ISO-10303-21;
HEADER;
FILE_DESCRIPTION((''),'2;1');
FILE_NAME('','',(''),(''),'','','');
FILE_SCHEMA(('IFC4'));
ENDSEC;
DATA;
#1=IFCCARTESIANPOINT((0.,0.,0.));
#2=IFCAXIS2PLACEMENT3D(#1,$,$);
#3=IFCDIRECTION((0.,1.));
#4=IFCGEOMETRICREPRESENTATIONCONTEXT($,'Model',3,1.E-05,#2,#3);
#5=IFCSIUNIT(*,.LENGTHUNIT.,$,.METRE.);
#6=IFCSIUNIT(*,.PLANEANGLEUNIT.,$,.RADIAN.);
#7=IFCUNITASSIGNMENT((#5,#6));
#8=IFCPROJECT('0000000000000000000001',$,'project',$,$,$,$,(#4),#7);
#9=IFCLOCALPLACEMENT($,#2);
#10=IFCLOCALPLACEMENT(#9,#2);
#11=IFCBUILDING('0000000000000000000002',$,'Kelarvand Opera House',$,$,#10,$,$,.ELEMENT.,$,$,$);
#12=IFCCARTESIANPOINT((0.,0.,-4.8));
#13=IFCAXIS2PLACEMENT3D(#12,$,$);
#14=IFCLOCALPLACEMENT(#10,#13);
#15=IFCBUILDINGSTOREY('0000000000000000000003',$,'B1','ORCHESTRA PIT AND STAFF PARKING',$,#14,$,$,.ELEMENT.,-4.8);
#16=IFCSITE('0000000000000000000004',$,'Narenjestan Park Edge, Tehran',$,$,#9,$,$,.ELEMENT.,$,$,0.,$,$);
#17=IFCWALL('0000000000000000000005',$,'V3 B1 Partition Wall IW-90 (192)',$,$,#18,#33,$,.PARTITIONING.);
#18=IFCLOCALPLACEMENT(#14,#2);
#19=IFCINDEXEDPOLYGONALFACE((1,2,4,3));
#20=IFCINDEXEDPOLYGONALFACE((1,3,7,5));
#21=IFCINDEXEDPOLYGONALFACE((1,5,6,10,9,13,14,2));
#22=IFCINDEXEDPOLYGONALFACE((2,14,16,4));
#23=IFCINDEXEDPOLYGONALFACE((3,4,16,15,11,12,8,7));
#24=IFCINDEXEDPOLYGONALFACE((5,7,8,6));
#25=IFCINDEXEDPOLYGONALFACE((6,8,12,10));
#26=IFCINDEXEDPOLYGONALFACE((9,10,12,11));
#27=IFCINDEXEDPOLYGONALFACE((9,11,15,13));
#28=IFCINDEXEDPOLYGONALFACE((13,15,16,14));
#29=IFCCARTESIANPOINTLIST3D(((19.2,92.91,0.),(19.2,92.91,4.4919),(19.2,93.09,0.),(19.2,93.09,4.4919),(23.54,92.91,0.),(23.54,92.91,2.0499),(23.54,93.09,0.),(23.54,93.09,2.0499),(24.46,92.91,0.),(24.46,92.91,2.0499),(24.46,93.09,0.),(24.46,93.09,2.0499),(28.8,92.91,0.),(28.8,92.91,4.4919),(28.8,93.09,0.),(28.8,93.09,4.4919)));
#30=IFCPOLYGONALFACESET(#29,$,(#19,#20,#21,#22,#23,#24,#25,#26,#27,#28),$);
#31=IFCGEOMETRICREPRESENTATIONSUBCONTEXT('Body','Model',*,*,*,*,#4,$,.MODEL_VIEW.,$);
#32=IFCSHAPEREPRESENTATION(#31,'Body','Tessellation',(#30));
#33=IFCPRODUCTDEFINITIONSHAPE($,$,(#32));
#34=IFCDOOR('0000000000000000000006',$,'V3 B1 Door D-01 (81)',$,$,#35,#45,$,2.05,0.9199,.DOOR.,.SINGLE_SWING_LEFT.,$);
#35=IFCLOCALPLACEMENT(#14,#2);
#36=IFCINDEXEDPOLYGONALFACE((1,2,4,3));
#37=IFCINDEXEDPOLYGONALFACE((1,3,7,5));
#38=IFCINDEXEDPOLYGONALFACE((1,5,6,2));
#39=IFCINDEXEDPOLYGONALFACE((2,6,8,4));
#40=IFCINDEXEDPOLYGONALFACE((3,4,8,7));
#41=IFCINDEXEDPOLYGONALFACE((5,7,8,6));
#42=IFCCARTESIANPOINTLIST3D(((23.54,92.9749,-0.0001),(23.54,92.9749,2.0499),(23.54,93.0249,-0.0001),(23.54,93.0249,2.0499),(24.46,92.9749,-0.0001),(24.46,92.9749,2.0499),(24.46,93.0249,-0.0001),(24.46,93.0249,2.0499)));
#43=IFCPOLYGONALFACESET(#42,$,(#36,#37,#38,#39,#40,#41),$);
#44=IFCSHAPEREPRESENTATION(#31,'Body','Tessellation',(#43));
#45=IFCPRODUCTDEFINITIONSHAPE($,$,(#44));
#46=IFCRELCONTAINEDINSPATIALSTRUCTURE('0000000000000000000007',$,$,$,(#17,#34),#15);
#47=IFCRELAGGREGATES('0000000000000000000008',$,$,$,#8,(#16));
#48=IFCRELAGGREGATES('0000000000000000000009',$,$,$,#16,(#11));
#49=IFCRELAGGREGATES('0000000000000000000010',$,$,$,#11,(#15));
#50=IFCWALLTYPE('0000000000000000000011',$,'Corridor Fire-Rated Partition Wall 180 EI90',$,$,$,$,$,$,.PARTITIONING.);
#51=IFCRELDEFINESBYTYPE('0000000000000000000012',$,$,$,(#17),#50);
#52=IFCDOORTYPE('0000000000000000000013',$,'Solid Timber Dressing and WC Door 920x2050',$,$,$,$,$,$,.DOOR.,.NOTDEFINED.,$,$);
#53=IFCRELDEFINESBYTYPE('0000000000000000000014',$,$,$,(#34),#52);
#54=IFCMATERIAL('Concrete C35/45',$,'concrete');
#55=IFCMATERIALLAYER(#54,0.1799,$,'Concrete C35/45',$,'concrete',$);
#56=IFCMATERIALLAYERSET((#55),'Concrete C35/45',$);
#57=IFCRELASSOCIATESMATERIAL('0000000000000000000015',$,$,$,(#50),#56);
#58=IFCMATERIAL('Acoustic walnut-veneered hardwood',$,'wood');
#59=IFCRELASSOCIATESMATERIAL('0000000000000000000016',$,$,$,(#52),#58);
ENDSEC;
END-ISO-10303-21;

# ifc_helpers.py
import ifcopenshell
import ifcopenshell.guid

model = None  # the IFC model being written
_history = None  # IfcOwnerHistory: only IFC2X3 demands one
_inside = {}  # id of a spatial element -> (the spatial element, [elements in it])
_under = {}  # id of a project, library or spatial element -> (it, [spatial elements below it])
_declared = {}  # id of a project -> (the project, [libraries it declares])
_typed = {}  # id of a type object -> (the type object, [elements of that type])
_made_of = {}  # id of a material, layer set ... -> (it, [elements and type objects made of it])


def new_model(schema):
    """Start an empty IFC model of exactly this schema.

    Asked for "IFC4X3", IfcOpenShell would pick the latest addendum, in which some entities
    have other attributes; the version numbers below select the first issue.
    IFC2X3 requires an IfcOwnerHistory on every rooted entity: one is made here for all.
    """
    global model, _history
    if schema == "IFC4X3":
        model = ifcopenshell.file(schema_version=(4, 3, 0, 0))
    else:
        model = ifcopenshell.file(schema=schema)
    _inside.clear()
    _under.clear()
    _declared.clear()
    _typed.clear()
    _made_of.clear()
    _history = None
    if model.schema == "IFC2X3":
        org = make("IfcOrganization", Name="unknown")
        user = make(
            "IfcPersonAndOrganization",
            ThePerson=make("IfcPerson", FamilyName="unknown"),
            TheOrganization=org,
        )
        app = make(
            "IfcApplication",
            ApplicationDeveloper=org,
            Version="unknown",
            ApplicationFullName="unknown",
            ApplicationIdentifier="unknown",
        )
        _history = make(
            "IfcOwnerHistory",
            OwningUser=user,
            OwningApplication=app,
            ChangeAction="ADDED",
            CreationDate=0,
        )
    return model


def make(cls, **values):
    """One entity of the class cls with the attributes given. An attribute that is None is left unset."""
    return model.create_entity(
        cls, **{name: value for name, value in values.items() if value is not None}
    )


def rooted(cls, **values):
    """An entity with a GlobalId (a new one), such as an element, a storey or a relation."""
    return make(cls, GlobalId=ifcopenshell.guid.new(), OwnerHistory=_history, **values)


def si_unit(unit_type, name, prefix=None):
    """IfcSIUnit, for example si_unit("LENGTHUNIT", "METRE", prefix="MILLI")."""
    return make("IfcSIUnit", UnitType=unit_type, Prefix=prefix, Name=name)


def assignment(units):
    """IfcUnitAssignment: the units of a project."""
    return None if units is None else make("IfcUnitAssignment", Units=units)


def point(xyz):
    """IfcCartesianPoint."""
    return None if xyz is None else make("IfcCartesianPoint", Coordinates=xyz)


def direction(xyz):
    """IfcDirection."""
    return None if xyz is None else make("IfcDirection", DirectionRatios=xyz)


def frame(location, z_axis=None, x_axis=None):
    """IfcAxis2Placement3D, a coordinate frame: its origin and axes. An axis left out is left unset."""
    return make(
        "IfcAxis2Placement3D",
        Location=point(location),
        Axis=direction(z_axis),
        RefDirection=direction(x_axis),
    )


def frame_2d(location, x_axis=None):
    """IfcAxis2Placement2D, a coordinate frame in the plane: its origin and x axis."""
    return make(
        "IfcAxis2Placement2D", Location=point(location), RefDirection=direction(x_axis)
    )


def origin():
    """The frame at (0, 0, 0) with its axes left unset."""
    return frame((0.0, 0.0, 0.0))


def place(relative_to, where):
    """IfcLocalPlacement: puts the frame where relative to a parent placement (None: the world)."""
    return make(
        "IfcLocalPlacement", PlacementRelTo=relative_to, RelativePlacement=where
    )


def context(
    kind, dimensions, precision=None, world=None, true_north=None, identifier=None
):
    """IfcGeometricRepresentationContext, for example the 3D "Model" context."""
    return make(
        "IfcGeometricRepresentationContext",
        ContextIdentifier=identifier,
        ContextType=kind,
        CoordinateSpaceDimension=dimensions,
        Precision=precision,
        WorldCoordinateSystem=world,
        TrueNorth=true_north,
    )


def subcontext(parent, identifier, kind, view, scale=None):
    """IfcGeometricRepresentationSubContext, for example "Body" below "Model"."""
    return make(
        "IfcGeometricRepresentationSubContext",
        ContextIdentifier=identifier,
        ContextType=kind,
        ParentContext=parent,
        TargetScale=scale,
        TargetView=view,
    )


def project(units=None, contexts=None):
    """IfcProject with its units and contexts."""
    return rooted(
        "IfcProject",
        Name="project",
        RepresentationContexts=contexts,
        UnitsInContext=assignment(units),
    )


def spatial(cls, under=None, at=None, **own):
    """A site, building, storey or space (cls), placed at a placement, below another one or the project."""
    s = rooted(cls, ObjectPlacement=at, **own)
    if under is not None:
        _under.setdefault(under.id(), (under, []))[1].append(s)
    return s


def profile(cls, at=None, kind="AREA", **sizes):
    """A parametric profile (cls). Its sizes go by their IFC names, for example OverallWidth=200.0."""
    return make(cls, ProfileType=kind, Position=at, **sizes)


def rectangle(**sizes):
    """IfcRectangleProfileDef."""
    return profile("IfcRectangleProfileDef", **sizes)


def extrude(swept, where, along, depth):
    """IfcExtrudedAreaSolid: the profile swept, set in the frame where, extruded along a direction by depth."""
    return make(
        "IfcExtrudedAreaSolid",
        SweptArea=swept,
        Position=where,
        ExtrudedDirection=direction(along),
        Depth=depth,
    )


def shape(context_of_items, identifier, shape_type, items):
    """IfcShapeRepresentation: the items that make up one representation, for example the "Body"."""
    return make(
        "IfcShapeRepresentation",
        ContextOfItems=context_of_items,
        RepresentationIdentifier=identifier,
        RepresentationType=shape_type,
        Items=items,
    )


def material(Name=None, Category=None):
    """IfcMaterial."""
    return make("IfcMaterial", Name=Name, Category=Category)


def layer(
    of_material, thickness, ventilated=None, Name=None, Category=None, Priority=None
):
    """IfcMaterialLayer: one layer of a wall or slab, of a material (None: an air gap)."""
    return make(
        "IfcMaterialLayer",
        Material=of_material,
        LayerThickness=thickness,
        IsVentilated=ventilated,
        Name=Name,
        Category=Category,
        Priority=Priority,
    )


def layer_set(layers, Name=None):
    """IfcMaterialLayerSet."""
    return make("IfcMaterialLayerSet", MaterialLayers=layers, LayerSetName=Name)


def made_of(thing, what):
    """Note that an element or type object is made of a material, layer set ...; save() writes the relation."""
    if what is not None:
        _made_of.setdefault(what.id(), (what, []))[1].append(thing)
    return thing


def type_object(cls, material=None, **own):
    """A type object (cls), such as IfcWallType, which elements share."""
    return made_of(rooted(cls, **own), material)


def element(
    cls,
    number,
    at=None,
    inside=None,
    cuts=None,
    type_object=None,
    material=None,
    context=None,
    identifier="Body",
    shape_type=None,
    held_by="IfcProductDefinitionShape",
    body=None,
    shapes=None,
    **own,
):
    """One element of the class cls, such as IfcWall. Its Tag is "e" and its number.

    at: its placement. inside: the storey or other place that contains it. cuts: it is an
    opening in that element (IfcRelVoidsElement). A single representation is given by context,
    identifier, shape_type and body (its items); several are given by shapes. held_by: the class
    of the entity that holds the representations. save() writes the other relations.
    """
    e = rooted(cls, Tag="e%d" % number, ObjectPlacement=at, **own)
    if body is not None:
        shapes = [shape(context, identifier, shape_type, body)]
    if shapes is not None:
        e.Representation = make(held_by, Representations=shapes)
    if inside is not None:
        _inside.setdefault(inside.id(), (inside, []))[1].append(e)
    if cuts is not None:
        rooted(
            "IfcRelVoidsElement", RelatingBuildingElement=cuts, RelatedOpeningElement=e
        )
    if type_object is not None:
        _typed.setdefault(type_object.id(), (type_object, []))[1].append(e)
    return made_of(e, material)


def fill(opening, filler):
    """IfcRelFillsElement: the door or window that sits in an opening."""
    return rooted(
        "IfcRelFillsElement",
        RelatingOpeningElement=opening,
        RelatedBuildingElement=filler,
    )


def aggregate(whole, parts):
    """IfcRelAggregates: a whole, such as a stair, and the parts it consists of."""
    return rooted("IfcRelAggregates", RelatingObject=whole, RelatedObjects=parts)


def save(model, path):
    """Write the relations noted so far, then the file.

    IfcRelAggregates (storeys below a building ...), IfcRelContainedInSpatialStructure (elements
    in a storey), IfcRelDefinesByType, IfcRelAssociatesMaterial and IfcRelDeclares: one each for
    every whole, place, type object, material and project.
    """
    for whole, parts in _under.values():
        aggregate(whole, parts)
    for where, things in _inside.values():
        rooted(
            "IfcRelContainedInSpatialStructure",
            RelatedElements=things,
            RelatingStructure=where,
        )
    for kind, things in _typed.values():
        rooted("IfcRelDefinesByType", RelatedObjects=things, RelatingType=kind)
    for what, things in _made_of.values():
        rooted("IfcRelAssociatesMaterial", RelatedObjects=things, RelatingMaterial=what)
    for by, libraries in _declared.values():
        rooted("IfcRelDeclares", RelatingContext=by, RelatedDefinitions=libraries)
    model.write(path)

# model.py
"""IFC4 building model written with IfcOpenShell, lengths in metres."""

from ifc_helpers import new_model, si_unit, direction, frame, frame_2d, origin, place, context, subcontext, project, spatial, rectangle, extrude, material, layer, layer_set, type_object, element, fill, save


model = new_model("IFC4")

# Units and contexts
model_context = context("Model", 3, precision=1e-05, world=origin(), true_north=direction((0.0, 1.0)))
body_context = subcontext(model_context, "Body", "Model", "MODEL_VIEW")
ifc_project = project(units=[si_unit("LENGTHUNIT", "METRE"), si_unit("PLANEANGLEUNIT", "RADIAN")], contexts=[model_context])

# Site, building, storey
site_placement = place(None, origin())
site = spatial("IfcSite", under=ifc_project, at=site_placement, Name="Narenjestan Park Edge, Tehran", CompositionType="ELEMENT", RefElevation=0.0)
building_placement = place(site_placement, origin())
building = spatial("IfcBuilding", under=site, at=building_placement, Name="Kelarvand Opera House", CompositionType="ELEMENT")
storey_placement = place(building_placement, frame((0.0, 0.0, -4.8)))
storey = spatial("IfcBuildingStorey", under=building, at=storey_placement, Name="B1", Description="ORCHESTRA PIT AND STAFF PARKING", CompositionType="ELEMENT", Elevation=-4.8)

# Shared definitions
ifc_material_1 = material(Name="Concrete C35/45", Category="concrete")

# Shared definitions
ifc_layer_1 = layer(ifc_material_1, 0.1799, Name="Concrete C35/45", Category="concrete")
ifc_layer_set_1 = layer_set([ifc_layer_1], Name="Concrete C35/45")
wall_type_1 = type_object("IfcWallType", Name="Corridor Fire-Rated Partition Wall 180 EI90", PredefinedType="PARTITIONING", material=ifc_layer_set_1)
ifc_material_2 = material(Name="Acoustic walnut-veneered hardwood", Category="wood")

# Wall, opening, door
door_type_1 = type_object("IfcDoorType", Name="Solid Timber Dressing and WC Door 920x2050", OperationType="NOTDEFINED", PredefinedType="DOOR", material=ifc_material_2)
wall_1_placement = place(storey_placement, frame((19.2, 93.0, 0.0), z_axis=(0.0, 0.0, 1.0), x_axis=(1.0, 0.0, 0.0)))
wall_1 = element("IfcWall", 1, at=wall_1_placement, inside=storey, type_object=wall_type_1, Name="V3 B1 Partition Wall IW-90 (192)", PredefinedType="PARTITIONING", context=body_context, shape_type="SweptSolid", body=[
    extrude(rectangle(XDim=9.6001, YDim=0.1799, at=frame_2d((4.8, 0.0))), origin(), (0.0, 0.0, 1.0), 4.4919),
])
opening_1_placement = place(wall_1_placement, frame((4.3401, 0.0, 0.0)))
opening_1 = element("IfcOpeningElement", 2, at=opening_1_placement, cuts=wall_1, PredefinedType="OPENING", context=body_context, shape_type="SweptSolid", body=[
    extrude(rectangle(XDim=0.9199, YDim=2.05, at=frame_2d((0.46, 1.0249))), frame((0.0, 0.1001, 0.0), z_axis=(0.0, -1.0, 0.0), x_axis=(1.0, 0.0, 0.0)), (0.0, 0.0, 1.0), 0.2),
])
door_1_placement = place(opening_1_placement, origin())
door_1 = element("IfcDoor", 3, at=door_1_placement, inside=storey, type_object=door_type_1, Name="V3 B1 Door D-01 (81)", OperationType="SINGLE_SWING_LEFT", OverallHeight=2.05, OverallWidth=0.9199, PredefinedType="DOOR", context=body_context, shape_type="SweptSolid", body=[
    extrude(rectangle(XDim=0.9199, YDim=2.05, at=frame_2d((0.46, 1.0249))), frame((0.0, 0.0249, 0.0), z_axis=(0.0, -1.0, 0.0), x_axis=(1.0, 0.0, 0.0)), (0.0, 0.0, 1.0), 0.05),
])
fill(opening_1, door_1)

save(model, "model.ifc")
